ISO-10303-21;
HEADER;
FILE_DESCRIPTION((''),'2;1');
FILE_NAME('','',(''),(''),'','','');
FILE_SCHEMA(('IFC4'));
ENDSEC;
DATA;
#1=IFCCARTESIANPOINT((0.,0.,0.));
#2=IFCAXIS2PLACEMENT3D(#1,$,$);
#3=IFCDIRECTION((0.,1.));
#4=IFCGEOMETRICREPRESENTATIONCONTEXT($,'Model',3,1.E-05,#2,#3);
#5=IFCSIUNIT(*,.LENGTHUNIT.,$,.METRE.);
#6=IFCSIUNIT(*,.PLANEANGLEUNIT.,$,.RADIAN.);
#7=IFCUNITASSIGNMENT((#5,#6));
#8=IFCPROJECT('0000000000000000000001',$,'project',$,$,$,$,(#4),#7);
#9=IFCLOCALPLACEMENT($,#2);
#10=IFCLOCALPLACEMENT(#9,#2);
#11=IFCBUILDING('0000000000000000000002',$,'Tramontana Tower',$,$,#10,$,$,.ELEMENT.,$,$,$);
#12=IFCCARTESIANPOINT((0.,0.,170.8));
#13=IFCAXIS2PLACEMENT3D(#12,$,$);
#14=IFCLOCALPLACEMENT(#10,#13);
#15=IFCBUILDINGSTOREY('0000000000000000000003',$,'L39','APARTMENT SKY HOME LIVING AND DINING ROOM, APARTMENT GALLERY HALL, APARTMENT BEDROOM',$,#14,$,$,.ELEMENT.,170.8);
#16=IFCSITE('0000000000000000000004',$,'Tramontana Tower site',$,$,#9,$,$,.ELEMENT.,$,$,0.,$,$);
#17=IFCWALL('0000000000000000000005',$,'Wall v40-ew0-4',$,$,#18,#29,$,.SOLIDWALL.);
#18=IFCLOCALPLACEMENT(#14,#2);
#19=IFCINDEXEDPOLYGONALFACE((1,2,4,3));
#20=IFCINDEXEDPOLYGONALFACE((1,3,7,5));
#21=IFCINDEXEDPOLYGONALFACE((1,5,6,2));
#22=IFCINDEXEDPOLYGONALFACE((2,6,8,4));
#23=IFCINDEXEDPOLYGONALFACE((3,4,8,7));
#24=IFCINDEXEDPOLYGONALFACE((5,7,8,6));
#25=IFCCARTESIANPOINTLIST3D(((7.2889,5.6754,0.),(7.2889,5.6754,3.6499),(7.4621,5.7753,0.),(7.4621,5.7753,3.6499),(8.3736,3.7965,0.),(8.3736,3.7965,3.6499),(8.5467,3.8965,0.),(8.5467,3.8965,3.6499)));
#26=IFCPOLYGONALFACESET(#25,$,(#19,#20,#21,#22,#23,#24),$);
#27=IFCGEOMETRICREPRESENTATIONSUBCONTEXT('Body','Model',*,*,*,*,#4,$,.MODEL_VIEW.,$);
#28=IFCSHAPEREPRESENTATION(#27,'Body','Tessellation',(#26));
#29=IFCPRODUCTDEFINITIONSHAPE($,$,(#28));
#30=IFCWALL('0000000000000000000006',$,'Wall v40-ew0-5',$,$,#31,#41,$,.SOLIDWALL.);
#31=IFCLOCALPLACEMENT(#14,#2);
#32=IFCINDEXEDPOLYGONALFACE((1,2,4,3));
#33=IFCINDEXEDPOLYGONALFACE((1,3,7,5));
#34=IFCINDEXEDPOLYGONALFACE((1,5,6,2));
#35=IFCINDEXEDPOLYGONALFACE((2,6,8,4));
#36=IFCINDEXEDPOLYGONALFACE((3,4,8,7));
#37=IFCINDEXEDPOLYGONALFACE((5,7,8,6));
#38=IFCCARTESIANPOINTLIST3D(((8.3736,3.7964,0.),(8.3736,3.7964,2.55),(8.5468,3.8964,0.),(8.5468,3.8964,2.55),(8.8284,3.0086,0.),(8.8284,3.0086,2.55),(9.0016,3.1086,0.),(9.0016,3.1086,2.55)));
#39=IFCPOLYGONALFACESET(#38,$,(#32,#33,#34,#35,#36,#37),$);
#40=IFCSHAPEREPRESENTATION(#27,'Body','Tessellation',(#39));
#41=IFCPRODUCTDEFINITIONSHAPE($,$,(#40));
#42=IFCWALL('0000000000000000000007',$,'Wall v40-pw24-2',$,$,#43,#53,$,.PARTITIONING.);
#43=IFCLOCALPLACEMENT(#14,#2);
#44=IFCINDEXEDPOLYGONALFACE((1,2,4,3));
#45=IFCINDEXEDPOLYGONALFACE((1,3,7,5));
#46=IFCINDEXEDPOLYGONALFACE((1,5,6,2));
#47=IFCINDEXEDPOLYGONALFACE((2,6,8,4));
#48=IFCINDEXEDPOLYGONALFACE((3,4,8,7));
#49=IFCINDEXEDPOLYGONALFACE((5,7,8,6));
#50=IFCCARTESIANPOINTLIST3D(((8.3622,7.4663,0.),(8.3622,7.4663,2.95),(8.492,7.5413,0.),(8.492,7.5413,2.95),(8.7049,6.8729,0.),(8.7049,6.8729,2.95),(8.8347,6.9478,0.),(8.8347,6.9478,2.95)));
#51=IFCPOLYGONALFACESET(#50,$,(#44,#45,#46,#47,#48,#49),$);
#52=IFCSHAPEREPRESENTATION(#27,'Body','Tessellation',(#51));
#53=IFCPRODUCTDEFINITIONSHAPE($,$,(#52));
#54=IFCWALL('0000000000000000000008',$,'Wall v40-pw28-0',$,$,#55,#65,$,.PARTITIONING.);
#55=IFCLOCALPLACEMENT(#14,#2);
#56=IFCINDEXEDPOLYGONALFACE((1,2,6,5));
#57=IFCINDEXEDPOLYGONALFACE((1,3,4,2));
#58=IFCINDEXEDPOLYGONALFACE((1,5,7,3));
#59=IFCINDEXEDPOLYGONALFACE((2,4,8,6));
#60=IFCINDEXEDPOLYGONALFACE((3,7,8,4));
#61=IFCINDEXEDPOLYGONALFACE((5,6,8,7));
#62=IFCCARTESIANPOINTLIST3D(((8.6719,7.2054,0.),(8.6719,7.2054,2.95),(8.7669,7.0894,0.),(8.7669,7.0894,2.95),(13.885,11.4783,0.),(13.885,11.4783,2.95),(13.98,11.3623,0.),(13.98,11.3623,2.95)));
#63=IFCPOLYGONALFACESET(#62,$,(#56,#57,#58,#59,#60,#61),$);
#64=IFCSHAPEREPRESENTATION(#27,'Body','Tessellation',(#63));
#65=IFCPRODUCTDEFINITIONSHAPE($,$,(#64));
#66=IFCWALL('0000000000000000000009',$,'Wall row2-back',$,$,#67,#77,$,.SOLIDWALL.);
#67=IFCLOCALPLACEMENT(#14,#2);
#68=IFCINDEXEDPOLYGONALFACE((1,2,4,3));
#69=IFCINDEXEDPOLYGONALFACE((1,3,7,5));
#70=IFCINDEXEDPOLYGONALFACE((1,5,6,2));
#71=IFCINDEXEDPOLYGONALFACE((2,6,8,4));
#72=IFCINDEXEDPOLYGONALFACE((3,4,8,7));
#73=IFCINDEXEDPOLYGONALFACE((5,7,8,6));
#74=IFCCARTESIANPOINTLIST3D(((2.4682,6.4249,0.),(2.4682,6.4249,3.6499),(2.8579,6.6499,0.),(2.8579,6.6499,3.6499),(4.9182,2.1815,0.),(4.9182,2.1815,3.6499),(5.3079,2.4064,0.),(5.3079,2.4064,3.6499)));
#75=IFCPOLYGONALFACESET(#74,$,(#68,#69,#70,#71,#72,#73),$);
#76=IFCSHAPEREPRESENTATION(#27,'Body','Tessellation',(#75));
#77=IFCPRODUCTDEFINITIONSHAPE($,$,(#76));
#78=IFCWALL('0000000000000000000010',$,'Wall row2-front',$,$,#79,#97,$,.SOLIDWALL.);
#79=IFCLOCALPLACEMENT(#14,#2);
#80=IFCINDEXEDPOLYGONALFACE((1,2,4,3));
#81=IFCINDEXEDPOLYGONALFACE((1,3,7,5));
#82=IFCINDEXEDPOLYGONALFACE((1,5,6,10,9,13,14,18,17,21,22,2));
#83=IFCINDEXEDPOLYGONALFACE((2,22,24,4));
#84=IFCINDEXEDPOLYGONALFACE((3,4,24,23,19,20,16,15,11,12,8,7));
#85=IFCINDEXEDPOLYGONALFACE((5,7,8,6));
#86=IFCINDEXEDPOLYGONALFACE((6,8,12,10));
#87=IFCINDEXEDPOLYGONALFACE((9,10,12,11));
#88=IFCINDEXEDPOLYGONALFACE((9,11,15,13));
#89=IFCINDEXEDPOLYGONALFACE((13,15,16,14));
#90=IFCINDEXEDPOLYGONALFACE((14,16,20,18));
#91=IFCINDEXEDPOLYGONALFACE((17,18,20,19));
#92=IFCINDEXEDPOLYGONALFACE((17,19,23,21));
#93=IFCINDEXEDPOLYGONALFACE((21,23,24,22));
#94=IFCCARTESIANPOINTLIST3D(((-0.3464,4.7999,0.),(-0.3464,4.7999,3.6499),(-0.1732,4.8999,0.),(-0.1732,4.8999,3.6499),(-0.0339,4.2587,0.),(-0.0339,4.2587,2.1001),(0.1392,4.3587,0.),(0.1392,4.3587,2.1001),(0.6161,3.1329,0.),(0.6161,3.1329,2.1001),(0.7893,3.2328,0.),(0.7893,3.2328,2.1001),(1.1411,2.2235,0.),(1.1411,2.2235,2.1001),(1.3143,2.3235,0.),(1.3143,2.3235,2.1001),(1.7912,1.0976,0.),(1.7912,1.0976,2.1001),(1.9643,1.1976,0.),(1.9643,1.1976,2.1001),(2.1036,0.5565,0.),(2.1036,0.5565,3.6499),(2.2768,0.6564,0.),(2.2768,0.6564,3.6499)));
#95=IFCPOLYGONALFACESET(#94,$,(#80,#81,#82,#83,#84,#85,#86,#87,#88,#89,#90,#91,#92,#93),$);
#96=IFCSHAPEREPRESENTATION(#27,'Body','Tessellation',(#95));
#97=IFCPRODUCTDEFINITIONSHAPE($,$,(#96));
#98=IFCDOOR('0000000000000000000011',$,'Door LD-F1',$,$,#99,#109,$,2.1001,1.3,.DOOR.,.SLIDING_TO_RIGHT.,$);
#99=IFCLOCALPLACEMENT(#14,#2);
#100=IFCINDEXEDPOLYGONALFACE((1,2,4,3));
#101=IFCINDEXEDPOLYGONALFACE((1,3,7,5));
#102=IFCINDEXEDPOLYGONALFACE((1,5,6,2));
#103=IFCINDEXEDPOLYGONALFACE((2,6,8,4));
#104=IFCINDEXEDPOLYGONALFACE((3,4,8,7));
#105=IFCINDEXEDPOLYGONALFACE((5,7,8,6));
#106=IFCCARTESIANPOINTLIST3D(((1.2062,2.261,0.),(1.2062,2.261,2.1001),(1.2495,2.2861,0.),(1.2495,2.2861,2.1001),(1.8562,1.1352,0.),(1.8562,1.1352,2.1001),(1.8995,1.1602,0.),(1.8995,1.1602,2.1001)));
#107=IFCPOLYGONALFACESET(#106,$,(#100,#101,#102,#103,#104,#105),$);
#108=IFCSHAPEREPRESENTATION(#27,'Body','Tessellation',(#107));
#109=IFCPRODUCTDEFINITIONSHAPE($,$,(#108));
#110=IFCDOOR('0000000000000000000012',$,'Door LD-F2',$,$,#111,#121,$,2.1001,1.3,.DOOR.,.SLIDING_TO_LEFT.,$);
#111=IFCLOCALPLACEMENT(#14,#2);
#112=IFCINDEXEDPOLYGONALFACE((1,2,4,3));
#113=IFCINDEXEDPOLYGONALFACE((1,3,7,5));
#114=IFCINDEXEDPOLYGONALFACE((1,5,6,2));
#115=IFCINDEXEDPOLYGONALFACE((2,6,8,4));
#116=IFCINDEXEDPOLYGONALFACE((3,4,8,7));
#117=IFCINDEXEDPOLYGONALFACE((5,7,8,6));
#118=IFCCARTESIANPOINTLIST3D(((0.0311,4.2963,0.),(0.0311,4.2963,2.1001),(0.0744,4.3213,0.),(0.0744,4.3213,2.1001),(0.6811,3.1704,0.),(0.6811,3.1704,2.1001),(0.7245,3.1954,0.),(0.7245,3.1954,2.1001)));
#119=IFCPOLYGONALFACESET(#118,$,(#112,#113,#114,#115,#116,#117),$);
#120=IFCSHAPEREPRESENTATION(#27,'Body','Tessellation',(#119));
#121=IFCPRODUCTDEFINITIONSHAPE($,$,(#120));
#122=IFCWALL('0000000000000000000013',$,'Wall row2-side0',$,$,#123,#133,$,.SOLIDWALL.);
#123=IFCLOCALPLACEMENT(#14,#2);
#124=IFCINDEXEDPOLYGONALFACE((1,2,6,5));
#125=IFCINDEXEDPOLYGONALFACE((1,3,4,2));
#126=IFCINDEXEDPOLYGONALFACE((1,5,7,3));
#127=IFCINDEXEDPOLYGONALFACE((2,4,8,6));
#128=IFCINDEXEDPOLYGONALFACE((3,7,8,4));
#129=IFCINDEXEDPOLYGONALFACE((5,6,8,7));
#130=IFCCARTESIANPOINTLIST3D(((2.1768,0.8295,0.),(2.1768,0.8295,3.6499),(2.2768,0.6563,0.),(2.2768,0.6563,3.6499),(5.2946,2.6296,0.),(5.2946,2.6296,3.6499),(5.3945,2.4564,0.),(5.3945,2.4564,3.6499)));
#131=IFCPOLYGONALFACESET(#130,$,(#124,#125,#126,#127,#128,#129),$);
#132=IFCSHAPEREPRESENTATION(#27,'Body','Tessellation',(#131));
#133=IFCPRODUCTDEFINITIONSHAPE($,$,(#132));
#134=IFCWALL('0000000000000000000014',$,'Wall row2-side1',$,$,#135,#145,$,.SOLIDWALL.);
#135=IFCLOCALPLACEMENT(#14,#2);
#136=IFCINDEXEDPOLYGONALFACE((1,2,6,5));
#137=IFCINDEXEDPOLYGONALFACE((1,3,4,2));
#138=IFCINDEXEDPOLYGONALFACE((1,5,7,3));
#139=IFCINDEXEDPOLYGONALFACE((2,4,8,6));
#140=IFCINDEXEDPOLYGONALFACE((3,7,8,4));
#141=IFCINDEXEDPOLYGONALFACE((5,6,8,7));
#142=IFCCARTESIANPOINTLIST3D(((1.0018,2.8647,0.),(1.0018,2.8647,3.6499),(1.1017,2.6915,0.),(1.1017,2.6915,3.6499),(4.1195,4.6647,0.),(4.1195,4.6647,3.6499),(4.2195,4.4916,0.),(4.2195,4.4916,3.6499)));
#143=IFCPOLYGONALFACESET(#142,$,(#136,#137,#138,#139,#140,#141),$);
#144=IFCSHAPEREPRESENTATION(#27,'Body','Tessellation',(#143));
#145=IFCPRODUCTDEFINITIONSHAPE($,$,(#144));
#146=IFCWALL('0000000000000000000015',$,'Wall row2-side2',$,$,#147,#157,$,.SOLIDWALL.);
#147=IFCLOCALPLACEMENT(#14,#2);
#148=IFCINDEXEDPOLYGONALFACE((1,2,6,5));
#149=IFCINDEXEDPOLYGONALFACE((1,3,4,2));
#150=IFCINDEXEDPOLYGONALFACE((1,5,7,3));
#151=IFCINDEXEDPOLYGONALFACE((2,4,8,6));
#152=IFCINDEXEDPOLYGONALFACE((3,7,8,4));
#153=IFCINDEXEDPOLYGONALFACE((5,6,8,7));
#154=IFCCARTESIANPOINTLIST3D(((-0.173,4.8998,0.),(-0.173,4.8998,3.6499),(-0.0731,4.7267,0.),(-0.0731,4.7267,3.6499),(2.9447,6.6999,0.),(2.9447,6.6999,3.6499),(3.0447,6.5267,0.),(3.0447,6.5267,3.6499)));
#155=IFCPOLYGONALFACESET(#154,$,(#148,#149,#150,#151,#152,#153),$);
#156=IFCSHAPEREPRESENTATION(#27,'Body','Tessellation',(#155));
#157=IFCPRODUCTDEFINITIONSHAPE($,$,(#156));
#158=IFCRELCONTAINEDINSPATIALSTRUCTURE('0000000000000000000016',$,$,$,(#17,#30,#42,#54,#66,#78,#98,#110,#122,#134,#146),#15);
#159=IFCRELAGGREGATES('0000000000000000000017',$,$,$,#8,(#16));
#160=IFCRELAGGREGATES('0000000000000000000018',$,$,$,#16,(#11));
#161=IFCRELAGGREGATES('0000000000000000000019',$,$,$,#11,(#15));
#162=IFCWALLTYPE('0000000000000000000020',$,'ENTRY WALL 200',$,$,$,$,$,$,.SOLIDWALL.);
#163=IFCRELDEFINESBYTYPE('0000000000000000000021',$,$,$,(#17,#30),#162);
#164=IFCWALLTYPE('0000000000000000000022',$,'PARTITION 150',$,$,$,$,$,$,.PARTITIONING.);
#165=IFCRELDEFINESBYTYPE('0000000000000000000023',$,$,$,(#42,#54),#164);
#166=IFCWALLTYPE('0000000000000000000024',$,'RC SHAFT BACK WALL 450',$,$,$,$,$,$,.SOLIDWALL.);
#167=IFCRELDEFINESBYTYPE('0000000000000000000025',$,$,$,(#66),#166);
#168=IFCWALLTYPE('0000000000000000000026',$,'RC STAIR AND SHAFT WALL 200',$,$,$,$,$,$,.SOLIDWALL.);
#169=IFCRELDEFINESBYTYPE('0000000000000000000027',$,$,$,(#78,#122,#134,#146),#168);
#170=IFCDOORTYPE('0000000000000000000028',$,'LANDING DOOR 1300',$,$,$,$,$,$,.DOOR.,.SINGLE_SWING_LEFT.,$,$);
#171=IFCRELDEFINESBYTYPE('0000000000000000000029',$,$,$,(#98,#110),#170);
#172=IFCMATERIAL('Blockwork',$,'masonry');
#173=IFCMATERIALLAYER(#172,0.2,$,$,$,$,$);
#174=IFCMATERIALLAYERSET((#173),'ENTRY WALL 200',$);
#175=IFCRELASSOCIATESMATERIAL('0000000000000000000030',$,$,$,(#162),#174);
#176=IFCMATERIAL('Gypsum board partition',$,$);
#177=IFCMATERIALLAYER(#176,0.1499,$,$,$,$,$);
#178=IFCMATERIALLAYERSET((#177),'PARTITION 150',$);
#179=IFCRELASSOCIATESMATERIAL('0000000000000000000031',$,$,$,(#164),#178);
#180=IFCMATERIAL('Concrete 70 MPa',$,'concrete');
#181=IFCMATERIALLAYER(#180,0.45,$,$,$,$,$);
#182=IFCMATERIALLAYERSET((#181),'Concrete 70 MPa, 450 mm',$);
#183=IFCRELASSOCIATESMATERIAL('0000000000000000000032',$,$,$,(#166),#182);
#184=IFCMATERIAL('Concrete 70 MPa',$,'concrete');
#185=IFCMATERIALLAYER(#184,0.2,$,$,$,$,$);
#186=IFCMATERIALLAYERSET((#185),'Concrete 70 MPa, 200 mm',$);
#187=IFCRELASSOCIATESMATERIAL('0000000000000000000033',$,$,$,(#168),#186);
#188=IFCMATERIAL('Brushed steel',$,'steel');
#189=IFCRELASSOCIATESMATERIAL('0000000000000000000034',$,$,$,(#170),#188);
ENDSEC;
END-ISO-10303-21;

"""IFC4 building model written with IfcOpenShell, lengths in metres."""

from ifc_helpers import new_model, si_unit, direction, frame, frame_2d, origin, place, context, subcontext, project, spatial, rectangle, extrude, material, layer, layer_set, type_object, element, fill, save


model = new_model("IFC4")

# Units and contexts
model_context = context("Model", 3, precision=1e-05, world=origin(), true_north=direction((0.0, 1.0)))
body_context = subcontext(model_context, "Body", "Model", "MODEL_VIEW")
ifc_project = project(units=[si_unit("LENGTHUNIT", "METRE"), si_unit("PLANEANGLEUNIT", "RADIAN")], contexts=[model_context])

# Site, building, storey
site_placement = place(None, origin())
site = spatial("IfcSite", under=ifc_project, at=site_placement, Name="Tramontana Tower site", CompositionType="ELEMENT", RefElevation=0.0)
building_placement = place(site_placement, origin())
building = spatial("IfcBuilding", under=site, at=building_placement, Name="Tramontana Tower", CompositionType="ELEMENT")
storey_placement = place(building_placement, frame((0.0, 0.0, 170.8)))
storey = spatial("IfcBuildingStorey", under=building, at=storey_placement, Name="L39", Description="APARTMENT SKY HOME LIVING AND DINING ROOM, APARTMENT GALLERY HALL, APARTMENT BEDROOM", CompositionType="ELEMENT", Elevation=170.8)

# Walls
ifc_material_1 = material(Name="Blockwork", Category="masonry")
ifc_layer_1 = layer(ifc_material_1, 0.2)
ifc_layer_set_1 = layer_set([ifc_layer_1], Name="ENTRY WALL 200")
wall_type_1 = type_object("IfcWallType", Name="ENTRY WALL 200", PredefinedType="SOLIDWALL", material=ifc_layer_set_1)
wall_1_placement = place(storey_placement, frame((7.3755, 5.7253, 0.0), z_axis=(0.0, 0.0, 1.0), x_axis=(0.499976, -0.866039, 0.0)))
element("IfcWall", 1, at=wall_1_placement, inside=storey, type_object=wall_type_1, Name="Wall v40-ew0-4", PredefinedType="SOLIDWALL", context=body_context, shape_type="SweptSolid", body=[
    extrude(rectangle(XDim=2.1694, YDim=0.2, at=frame_2d((1.0847, 0.0))), origin(), (0.0, 0.0, 1.0), 3.6499),
])
wall_2_placement = place(storey_placement, frame((8.4602, 3.8464, 0.0), z_axis=(0.0, 0.0, 1.0), x_axis=(0.499978, -0.866038, 0.0)))
element("IfcWall", 2, at=wall_2_placement, inside=storey, type_object=wall_type_1, Name="Wall v40-ew0-5", PredefinedType="SOLIDWALL", context=body_context, shape_type="SweptSolid", body=[
    extrude(rectangle(XDim=0.9097, YDim=0.2, at=frame_2d((0.4548, 0.0))), origin(), (0.0, 0.0, 1.0), 2.55),
])
ifc_material_2 = material(Name="Gypsum board partition")
ifc_layer_2 = layer(ifc_material_2, 0.1499)
ifc_layer_set_2 = layer_set([ifc_layer_2], Name="PARTITION 150")
wall_type_2 = type_object("IfcWallType", Name="PARTITION 150", PredefinedType="PARTITIONING", material=ifc_layer_set_2)
wall_3_placement = place(storey_placement, frame((8.427, 7.5039, 0.0), z_axis=(0.0, 0.0, 1.0), x_axis=(0.500123, -0.865954, 0.0)))
element("IfcWall", 3, at=wall_3_placement, inside=storey, type_object=wall_type_2, Name="Wall v40-pw24-2", PredefinedType="PARTITIONING", context=body_context, shape_type="SweptSolid", body=[
    extrude(rectangle(XDim=0.6853, YDim=0.1499, at=frame_2d((0.3428, 0.0))), origin(), (0.0, 0.0, 1.0), 2.95),
])

# Walls
wall_4_placement = place(storey_placement, frame((8.7195, 7.1475, 0.0), z_axis=(0.0, 0.0, 1.0), x_axis=(0.7734, 0.633918, 0.0)))
element("IfcWall", 4, at=wall_4_placement, inside=storey, type_object=wall_type_2, Name="Wall v40-pw28-0", PredefinedType="PARTITIONING", context=body_context, shape_type="SweptSolid", body=[
    extrude(rectangle(XDim=6.7405, YDim=0.1499, at=frame_2d((3.3701, 0.0))), origin(), (0.0, 0.0, 1.0), 2.95),
])
ifc_material_3 = material(Name="Concrete 70 MPa", Category="concrete")
ifc_layer_3 = layer(ifc_material_3, 0.45)
ifc_layer_set_3 = layer_set([ifc_layer_3], Name="Concrete 70 MPa, 450 mm")
wall_type_3 = type_object("IfcWallType", Name="RC SHAFT BACK WALL 450", PredefinedType="SOLIDWALL", material=ifc_layer_set_3)
wall_5_placement = place(storey_placement, frame((5.113, 2.2939, 0.0), z_axis=(0.0, 0.0, 1.0), x_axis=(-0.500003, 0.866024, 0.0)))
element("IfcWall", 5, at=wall_5_placement, inside=storey, type_object=wall_type_3, Name="Wall row2-back", PredefinedType="SOLIDWALL", context=body_context, shape_type="SweptSolid", body=[
    extrude(rectangle(XDim=4.8999, YDim=0.45, at=frame_2d((2.45, 0.0))), origin(), (0.0, 0.0, 1.0), 3.6499),
])

# Wall, openings, doors
ifc_material_4 = material(Name="Concrete 70 MPa", Category="concrete")
ifc_layer_4 = layer(ifc_material_4, 0.2)
ifc_layer_set_4 = layer_set([ifc_layer_4], Name="Concrete 70 MPa, 200 mm")
wall_type_4 = type_object("IfcWallType", Name="RC STAIR AND SHAFT WALL 200", PredefinedType="SOLIDWALL", material=ifc_layer_set_4)
wall_6_placement = place(storey_placement, frame((2.1902, 0.6064, 0.0), z_axis=(0.0, 0.0, 1.0), x_axis=(-0.500003, 0.866024, 0.0)))
wall_6 = element("IfcWall", 6, at=wall_6_placement, inside=storey, type_object=wall_type_4, Name="Wall row2-front", PredefinedType="SOLIDWALL", context=body_context, shape_type="SweptSolid", body=[
    extrude(rectangle(XDim=4.8999, YDim=0.2, at=frame_2d((2.45, 0.0))), origin(), (0.0, 0.0, 1.0), 3.6499),
])
opening_1_placement = place(wall_6_placement, frame((0.625, 0.0, 0.0)))
opening_1 = element("IfcOpeningElement", 7, at=opening_1_placement, cuts=wall_6, PredefinedType="OPENING", context=body_context, shape_type="SweptSolid", body=[
    extrude(rectangle(XDim=1.3, YDim=2.1001, at=frame_2d((0.6499, 1.05))), frame((0.0, 0.1099, 0.0), z_axis=(0.0, -1.0, 0.0), x_axis=(1.0, 0.0, 0.0)), (0.0, 0.0, 1.0), 0.22),
])
opening_2_placement = place(wall_6_placement, frame((2.9751, 0.0, 0.0)))
opening_2 = element("IfcOpeningElement", 8, at=opening_2_placement, cuts=wall_6, PredefinedType="OPENING", context=body_context, shape_type="SweptSolid", body=[
    extrude(rectangle(XDim=1.3, YDim=2.1001, at=frame_2d((0.6499, 1.05))), frame((0.0, 0.1099, 0.0), z_axis=(0.0, -1.0, 0.0), x_axis=(1.0, 0.0, 0.0)), (0.0, 0.0, 1.0), 0.22),
])
ifc_material_5 = material(Name="Brushed steel", Category="steel")
door_type_1 = type_object("IfcDoorType", Name="LANDING DOOR 1300", OperationType="SINGLE_SWING_LEFT", PredefinedType="DOOR", material=ifc_material_5)
door_1_placement = place(opening_1_placement, origin())
door_1 = element("IfcDoor", 9, at=door_1_placement, inside=storey, type_object=door_type_1, Name="Door LD-F1", OperationType="SLIDING_TO_RIGHT", OverallHeight=2.1001, OverallWidth=1.3, PredefinedType="DOOR", context=body_context, shape_type="SweptSolid", body=[
    extrude(rectangle(XDim=1.3, YDim=2.1001, at=frame_2d((0.6499, 1.05))), frame((0.0, 0.0249, 0.0), z_axis=(0.0, -1.0, 0.0), x_axis=(1.0, 0.0, 0.0)), (0.0, 0.0, 1.0), 0.05),
])
fill(opening_1, door_1)
door_2_placement = place(opening_2_placement, origin())
door_2 = element("IfcDoor", 10, at=door_2_placement, inside=storey, type_object=door_type_1, Name="Door LD-F2", OperationType="SLIDING_TO_LEFT", OverallHeight=2.1001, OverallWidth=1.3, PredefinedType="DOOR", context=body_context, shape_type="SweptSolid", body=[
    extrude(rectangle(XDim=1.3, YDim=2.1001, at=frame_2d((0.6499, 1.05))), frame((0.0, 0.0249, 0.0), z_axis=(0.0, -1.0, 0.0), x_axis=(1.0, 0.0, 0.0)), (0.0, 0.0, 1.0), 0.05),
])
fill(opening_2, door_2)

# Walls
for number, where, z_axis, x_axis, name in (
    (11, (2.2268, 0.7429, 0.0), (0.0, 0.0, 1.0), (0.866018, 0.500012, 0.0), "Wall row2-side0"),
    (12, (1.0518, 2.7781, 0.0), (0.0, 0.0, 1.0), (0.866018, 0.500012, 0.0), "Wall row2-side1"),
    (13, (-0.123, 4.8132, 0.0), (0.0, 0.0, 1.0), (0.866018, 0.500012, 0.0), "Wall row2-side2"),
):
    element("IfcWall", number, at=place(storey_placement, frame(where, z_axis=z_axis, x_axis=x_axis)), inside=storey, type_object=wall_type_4, Name=name, PredefinedType="SOLIDWALL", context=body_context, shape_type="SweptSolid", body=[
        extrude(rectangle(XDim=3.6001, YDim=0.2, at=frame_2d((1.8, 0.0))), origin(), (0.0, 0.0, 1.0), 3.6499),
    ])

save(model, "model.ifc")
